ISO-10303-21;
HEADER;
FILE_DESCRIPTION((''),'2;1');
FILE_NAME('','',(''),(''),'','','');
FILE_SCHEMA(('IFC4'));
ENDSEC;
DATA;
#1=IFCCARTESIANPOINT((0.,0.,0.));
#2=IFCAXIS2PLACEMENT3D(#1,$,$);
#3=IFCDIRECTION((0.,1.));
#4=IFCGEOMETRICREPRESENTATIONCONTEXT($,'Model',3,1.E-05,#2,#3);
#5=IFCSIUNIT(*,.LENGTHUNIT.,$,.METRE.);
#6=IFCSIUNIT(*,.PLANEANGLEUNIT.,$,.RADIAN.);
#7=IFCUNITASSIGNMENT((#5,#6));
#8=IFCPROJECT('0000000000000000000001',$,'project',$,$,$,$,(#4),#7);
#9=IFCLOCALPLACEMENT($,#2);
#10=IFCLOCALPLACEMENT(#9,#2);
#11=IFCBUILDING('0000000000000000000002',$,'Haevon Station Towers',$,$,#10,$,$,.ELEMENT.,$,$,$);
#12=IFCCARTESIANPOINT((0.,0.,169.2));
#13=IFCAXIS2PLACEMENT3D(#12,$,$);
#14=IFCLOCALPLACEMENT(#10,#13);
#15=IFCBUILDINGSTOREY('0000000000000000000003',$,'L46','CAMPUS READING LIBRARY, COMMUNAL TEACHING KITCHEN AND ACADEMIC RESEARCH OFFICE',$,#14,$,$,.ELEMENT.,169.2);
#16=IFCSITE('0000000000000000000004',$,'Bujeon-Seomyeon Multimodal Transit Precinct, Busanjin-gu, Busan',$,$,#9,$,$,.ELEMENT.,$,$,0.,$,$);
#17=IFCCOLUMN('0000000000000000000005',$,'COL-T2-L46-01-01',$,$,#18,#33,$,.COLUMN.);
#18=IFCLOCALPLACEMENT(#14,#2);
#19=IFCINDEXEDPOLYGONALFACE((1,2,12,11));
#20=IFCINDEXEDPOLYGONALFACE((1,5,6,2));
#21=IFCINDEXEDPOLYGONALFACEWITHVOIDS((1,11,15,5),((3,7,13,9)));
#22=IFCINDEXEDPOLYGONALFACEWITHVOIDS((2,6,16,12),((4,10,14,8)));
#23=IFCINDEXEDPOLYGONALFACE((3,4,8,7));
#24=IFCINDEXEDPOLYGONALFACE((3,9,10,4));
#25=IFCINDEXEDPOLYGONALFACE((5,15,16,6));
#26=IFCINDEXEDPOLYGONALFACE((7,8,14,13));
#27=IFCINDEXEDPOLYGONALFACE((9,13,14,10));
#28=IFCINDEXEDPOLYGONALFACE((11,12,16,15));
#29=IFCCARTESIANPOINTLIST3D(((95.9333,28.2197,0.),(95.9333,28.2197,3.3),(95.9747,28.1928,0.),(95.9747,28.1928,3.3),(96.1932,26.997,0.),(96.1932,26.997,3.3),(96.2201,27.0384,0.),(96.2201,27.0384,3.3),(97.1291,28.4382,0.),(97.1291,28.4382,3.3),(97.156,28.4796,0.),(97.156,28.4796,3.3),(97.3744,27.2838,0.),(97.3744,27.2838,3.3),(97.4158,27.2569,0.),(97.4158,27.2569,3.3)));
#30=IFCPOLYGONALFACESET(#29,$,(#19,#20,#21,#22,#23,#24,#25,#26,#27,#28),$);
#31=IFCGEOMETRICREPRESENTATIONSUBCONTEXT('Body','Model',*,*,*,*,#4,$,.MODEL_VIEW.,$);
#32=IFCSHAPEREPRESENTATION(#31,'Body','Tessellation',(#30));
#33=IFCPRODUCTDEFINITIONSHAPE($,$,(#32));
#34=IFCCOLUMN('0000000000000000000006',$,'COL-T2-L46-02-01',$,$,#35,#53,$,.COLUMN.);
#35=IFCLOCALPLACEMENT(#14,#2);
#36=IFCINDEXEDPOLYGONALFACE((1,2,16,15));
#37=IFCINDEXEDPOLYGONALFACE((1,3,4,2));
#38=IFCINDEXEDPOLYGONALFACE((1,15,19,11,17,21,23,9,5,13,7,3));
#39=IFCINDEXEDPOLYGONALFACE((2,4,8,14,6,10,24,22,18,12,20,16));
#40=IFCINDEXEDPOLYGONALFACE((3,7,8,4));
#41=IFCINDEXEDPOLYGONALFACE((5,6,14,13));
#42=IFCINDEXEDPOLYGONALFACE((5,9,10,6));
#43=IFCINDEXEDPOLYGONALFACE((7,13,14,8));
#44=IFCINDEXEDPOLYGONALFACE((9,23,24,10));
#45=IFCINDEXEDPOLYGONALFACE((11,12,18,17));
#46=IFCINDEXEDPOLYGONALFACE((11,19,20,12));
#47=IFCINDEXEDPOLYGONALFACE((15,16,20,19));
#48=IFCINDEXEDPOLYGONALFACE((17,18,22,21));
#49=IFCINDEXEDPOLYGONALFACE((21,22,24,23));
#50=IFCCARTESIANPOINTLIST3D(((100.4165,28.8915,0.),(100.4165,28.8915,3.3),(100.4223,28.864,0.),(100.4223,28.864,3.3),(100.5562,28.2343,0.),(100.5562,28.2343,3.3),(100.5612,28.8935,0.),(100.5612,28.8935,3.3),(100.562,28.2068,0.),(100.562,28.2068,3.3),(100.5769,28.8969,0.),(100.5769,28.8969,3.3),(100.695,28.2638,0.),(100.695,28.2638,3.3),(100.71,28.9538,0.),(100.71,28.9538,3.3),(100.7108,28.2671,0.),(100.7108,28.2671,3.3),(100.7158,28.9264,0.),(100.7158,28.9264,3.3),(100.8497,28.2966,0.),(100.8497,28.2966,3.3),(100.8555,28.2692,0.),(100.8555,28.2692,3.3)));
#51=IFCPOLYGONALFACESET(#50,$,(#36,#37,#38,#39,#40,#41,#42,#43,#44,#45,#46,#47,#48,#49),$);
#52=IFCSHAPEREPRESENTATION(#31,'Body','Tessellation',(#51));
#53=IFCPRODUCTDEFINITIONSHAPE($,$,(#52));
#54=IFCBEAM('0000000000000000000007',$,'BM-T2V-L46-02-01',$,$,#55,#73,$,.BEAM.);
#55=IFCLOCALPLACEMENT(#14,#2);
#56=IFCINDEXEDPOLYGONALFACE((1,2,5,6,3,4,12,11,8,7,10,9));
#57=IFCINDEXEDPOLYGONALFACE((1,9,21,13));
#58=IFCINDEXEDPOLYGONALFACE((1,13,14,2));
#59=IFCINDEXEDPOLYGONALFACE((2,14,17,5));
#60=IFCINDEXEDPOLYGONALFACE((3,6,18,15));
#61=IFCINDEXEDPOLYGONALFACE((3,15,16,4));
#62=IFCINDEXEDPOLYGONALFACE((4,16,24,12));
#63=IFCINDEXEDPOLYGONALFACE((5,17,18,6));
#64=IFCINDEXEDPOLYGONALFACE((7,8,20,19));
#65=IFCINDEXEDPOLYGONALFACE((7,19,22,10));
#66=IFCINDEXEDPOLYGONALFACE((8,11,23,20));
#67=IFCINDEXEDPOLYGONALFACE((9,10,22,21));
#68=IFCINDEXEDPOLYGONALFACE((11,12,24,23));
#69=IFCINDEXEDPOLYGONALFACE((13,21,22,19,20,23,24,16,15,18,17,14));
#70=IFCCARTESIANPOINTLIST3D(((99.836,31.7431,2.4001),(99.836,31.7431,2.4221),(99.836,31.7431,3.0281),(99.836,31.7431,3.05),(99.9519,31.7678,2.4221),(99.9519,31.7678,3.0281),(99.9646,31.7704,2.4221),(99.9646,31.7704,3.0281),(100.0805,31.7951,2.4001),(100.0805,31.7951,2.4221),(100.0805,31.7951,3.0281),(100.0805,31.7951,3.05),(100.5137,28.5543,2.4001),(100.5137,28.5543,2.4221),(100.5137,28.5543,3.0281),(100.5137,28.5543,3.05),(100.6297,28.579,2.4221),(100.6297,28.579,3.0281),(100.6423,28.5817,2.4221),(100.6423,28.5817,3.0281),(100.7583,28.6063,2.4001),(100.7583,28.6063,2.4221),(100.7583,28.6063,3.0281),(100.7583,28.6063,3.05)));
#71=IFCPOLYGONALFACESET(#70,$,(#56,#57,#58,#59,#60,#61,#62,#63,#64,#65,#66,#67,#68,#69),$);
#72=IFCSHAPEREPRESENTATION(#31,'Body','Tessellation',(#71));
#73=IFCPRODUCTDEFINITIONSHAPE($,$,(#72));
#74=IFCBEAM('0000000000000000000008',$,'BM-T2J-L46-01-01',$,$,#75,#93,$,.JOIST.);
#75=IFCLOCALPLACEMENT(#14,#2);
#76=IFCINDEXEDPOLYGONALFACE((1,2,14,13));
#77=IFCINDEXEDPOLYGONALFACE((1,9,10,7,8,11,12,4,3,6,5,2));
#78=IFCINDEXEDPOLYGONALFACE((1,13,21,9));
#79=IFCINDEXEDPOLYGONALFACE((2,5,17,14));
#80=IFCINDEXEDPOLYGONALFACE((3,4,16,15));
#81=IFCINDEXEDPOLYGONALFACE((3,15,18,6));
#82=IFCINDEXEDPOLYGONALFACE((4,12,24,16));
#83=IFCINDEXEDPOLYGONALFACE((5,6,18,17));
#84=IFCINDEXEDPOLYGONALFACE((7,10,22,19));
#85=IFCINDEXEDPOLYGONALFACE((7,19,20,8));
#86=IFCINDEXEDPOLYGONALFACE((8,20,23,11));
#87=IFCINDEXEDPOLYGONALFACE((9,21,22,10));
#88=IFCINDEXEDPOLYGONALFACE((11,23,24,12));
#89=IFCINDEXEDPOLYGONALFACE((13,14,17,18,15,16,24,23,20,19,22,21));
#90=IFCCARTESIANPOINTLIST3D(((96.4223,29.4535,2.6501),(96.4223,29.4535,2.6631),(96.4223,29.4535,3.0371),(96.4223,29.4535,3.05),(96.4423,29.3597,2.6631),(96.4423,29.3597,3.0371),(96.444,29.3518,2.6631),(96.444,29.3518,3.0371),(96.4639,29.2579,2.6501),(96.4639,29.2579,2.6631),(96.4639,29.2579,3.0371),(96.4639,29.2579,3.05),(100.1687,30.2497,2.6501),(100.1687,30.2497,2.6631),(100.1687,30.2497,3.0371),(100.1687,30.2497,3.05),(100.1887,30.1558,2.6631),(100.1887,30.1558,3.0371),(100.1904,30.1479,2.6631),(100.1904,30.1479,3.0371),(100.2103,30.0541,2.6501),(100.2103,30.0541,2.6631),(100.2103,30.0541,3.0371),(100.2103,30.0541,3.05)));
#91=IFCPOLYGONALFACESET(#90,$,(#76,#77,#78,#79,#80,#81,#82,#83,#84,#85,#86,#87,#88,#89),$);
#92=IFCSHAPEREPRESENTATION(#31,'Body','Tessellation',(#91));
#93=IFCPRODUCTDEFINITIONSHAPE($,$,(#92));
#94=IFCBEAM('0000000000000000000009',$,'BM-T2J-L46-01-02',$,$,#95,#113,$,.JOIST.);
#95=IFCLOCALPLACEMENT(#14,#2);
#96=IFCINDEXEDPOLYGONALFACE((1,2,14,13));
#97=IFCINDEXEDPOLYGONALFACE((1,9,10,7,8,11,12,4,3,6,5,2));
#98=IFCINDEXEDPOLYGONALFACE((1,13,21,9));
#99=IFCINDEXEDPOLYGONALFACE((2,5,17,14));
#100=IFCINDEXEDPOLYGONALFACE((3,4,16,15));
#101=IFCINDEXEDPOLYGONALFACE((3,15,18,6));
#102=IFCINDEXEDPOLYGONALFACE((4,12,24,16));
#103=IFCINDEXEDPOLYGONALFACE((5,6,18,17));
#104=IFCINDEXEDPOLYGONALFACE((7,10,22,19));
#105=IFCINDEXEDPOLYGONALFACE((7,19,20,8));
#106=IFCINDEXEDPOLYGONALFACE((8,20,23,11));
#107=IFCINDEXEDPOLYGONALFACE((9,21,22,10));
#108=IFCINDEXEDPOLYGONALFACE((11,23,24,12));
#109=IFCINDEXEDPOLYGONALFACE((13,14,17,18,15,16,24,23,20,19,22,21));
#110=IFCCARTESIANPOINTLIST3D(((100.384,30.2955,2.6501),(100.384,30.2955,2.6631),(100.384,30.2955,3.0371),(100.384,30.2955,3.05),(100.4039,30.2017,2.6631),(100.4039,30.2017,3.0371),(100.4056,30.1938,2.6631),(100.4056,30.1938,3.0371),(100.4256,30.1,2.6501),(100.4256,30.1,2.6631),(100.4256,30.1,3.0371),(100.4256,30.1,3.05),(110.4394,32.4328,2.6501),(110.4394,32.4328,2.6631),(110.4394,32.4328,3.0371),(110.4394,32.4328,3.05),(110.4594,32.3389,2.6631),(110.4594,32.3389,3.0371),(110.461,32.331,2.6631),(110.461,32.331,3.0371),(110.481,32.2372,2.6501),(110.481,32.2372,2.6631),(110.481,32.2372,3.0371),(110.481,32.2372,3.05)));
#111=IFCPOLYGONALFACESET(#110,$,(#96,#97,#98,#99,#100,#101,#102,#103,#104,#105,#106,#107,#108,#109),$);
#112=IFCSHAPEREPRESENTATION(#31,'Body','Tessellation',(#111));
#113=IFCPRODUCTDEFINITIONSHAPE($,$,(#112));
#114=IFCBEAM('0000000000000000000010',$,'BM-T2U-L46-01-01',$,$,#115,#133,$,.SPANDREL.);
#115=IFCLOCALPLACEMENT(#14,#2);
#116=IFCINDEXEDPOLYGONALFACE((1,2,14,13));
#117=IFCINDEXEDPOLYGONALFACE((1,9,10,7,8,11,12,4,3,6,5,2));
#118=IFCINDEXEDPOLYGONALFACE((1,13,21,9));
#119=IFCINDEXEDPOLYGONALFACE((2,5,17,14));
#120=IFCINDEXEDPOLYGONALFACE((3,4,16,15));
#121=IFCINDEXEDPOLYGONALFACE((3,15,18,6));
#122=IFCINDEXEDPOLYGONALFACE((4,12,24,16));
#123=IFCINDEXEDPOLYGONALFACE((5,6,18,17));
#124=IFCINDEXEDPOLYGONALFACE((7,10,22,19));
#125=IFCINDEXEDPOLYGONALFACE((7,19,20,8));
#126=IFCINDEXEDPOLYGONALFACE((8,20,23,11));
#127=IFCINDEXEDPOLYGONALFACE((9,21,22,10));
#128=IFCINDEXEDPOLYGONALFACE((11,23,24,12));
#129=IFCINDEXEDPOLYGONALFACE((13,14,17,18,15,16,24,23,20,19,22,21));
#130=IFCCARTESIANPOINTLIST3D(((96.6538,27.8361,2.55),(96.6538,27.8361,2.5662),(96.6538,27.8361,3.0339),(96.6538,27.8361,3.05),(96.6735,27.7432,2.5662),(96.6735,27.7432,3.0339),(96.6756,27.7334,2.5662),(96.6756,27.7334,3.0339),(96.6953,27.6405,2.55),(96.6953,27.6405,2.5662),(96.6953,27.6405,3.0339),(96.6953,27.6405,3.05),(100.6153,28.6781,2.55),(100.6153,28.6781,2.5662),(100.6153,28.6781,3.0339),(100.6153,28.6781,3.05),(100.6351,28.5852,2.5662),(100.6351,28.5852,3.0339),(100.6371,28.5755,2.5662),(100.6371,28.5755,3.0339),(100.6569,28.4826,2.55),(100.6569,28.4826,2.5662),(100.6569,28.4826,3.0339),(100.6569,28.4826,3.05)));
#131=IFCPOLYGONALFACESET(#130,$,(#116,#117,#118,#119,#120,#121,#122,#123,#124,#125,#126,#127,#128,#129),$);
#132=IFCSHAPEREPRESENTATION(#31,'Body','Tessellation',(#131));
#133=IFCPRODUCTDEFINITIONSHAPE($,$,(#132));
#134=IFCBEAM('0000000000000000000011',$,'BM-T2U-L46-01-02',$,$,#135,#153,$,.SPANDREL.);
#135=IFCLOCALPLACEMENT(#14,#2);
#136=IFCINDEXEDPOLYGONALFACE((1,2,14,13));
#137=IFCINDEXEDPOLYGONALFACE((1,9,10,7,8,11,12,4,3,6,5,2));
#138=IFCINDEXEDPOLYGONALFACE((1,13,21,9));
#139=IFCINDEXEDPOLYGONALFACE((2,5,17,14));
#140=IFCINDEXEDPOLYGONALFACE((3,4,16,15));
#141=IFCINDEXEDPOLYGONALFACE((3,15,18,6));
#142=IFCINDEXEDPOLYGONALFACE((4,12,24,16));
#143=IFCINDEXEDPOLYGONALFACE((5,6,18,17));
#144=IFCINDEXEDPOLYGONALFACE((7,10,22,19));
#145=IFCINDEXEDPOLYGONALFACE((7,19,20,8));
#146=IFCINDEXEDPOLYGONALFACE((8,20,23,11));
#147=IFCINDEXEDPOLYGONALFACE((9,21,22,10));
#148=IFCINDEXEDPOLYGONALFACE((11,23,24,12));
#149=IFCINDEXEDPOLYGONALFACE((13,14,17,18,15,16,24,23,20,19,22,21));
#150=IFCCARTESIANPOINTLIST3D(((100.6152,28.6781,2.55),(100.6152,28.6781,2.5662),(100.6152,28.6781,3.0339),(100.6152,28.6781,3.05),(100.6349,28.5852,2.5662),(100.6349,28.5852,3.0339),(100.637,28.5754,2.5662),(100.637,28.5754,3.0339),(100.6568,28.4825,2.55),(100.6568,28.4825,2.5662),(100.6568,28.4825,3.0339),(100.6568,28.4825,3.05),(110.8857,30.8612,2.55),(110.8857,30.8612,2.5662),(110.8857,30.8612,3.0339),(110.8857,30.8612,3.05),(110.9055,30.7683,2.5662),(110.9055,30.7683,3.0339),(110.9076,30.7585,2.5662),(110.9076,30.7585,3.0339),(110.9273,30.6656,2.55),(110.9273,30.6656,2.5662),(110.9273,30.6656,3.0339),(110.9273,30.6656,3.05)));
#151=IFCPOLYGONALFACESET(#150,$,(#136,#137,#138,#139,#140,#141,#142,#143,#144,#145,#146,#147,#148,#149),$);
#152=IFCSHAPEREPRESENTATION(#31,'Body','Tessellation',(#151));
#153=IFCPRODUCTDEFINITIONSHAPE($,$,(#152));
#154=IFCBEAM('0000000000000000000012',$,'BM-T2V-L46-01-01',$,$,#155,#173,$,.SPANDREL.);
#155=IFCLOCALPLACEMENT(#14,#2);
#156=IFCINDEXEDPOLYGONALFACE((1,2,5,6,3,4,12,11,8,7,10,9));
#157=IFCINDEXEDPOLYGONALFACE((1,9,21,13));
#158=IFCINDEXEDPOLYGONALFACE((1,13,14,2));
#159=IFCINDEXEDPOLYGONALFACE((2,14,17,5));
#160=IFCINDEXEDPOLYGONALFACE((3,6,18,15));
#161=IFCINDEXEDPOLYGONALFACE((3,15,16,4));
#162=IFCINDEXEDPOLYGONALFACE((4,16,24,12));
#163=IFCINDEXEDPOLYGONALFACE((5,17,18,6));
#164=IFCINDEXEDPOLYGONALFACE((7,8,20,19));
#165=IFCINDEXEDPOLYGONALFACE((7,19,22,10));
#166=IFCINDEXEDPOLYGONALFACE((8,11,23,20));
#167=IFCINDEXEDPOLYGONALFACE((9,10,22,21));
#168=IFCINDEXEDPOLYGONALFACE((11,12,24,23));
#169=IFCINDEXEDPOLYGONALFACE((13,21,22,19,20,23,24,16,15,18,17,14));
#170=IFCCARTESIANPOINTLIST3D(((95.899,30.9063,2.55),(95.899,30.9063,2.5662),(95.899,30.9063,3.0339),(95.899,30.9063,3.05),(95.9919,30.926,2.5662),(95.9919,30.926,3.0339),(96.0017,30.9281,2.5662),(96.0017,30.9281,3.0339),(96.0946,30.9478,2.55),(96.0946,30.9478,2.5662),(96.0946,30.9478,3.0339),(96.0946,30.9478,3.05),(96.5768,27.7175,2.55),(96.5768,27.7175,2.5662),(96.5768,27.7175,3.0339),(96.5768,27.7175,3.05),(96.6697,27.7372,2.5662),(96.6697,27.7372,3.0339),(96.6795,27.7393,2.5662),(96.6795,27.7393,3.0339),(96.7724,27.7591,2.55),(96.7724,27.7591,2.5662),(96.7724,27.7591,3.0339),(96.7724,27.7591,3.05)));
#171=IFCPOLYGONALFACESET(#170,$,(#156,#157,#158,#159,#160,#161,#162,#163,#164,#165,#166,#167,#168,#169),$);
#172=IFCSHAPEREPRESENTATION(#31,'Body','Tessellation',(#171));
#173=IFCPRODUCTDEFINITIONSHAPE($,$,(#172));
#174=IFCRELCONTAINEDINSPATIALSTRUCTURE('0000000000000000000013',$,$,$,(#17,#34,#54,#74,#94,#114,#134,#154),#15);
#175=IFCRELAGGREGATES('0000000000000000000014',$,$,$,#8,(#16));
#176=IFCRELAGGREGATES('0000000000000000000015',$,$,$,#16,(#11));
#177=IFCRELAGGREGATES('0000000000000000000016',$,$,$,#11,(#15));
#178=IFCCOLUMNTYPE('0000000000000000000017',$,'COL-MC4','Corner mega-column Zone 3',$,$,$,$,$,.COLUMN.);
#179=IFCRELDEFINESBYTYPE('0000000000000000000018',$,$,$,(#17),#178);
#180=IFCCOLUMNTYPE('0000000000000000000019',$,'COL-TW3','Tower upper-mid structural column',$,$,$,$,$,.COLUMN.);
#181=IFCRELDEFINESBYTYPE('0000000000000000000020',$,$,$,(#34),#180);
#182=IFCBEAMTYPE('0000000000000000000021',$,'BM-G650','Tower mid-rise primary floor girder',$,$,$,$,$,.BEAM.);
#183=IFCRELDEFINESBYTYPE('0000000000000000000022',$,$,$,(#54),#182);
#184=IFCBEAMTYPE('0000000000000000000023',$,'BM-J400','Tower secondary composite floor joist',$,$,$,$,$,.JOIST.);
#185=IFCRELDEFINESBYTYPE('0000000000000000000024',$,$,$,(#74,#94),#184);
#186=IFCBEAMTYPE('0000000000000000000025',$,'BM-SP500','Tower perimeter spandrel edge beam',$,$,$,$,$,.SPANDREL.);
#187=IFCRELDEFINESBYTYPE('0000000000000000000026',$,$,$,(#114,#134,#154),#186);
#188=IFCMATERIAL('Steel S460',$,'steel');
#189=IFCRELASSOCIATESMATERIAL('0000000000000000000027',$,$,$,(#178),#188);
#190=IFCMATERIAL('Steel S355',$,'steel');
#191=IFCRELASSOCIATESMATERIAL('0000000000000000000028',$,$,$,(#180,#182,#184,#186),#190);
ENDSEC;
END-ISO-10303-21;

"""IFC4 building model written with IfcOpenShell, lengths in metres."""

from ifc_helpers import new_model, si_unit, direction, frame, origin, origin_2d, place, context, subcontext, project, spatial, hollow_rectangle, i_section, extrude, material, material_profile, profile_set, type_object, element, save


model = new_model("IFC4")

# Units and contexts
model_context = context("Model", 3, precision=1e-05, world=origin(), true_north=direction((0.0, 1.0)))
body_context = subcontext(model_context, "Body", "Model", "MODEL_VIEW")
ifc_project = project(units=[si_unit("LENGTHUNIT", "METRE"), si_unit("PLANEANGLEUNIT", "RADIAN")], contexts=[model_context])

# Site, building, storey
site_placement = place(None, origin())
site = spatial("IfcSite", under=ifc_project, at=site_placement, Name="Bujeon-Seomyeon Multimodal Transit Precinct, Busanjin-gu, Busan", CompositionType="ELEMENT", RefElevation=0.0)
building_placement = place(site_placement, origin())
building = spatial("IfcBuilding", under=site, at=building_placement, Name="Haevon Station Towers", CompositionType="ELEMENT")
storey_placement = place(building_placement, frame((0.0, 0.0, 169.2)))
storey = spatial("IfcBuildingStorey", under=building, at=storey_placement, Name="L46", Description="CAMPUS READING LIBRARY, COMMUNAL TEACHING KITCHEN AND ACADEMIC RESEARCH OFFICE", CompositionType="ELEMENT", Elevation=169.2)

# Columns
ifc_material_1 = material(Name="Steel S460", Category="steel")
ifc_material_profile_1 = material_profile(ifc_material_1, hollow_rectangle(XDim=1.25, YDim=1.25, WallThickness=0.0349, at=origin_2d()), Name="BOX-1250x1250x35")
ifc_profile_set_1 = profile_set([ifc_material_profile_1], Name="Steel S460")
column_type_1 = type_object("IfcColumnType", Name="COL-MC4", Description="Corner mega-column Zone 3", PredefinedType="COLUMN", material=ifc_profile_set_1)
column_1_placement = place(storey_placement, frame((96.6746, 27.7383, 0.0), z_axis=(0.0, 0.0, 1.0), x_axis=(0.978148, 0.207912, 0.0)))
element("IfcColumn", 1, at=column_1_placement, inside=storey, type_object=column_type_1, Name="COL-T2-L46-01-01", PredefinedType="COLUMN", context=body_context, shape_type="SweptSolid", body=[
    extrude(hollow_rectangle(XDim=1.25, YDim=1.25, WallThickness=0.0349, at=origin_2d()), origin(), (0.0, 0.0, 1.0), 3.3),
])
ifc_material_2 = material(Name="Steel S355", Category="steel")
ifc_material_profile_2 = material_profile(ifc_material_2, i_section(OverallWidth=0.3, OverallDepth=0.7, WebThickness=0.0161, FlangeThickness=0.0281, at=origin_2d()), Name="H-700x300x16x28")
ifc_profile_set_2 = profile_set([ifc_material_profile_2], Name="Steel S355")
column_type_2 = type_object("IfcColumnType", Name="COL-TW3", Description="Tower upper-mid structural column", PredefinedType="COLUMN", material=ifc_profile_set_2)
column_2_placement = place(storey_placement, frame((100.636, 28.5803, 0.0), z_axis=(0.0, 0.0, 1.0), x_axis=(0.978148, 0.207912, 0.0)))
element("IfcColumn", 2, at=column_2_placement, inside=storey, type_object=column_type_2, Name="COL-T2-L46-02-01", PredefinedType="COLUMN", context=body_context, shape_type="SweptSolid", body=[
    extrude(i_section(OverallWidth=0.3, OverallDepth=0.7, WebThickness=0.0161, FlangeThickness=0.0281, at=origin_2d()), origin(), (0.0, 0.0, 1.0), 3.3),
])

# Beams
ifc_material_profile_3 = material_profile(ifc_material_2, i_section(OverallWidth=0.25, OverallDepth=0.6499, WebThickness=0.0129, FlangeThickness=0.022, at=origin_2d()), Name="H-650x250x13x22")
ifc_profile_set_3 = profile_set([ifc_material_profile_3], Name="Steel S355")
beam_type_1 = type_object("IfcBeamType", Name="BM-G650", Description="Tower mid-rise primary floor girder", PredefinedType="BEAM", material=ifc_profile_set_3)
beam_1_placement = place(storey_placement, frame((100.636, 28.5803, 2.7251), z_axis=(-0.207897, 0.978151, 0.0), x_axis=(-0.978151, -0.207897, 0.0)))
element("IfcBeam", 3, at=beam_1_placement, inside=storey, type_object=beam_type_1, Name="BM-T2V-L46-02-01", PredefinedType="BEAM", context=body_context, shape_type="SweptSolid", body=[
    extrude(i_section(OverallWidth=0.25, OverallDepth=0.6499, WebThickness=0.0129, FlangeThickness=0.022, at=origin_2d()), origin(), (0.0, 0.0, 1.0), 3.26),
])
ifc_material_profile_4 = material_profile(ifc_material_2, i_section(OverallWidth=0.2, OverallDepth=0.3999, WebThickness=0.0081, FlangeThickness=0.0129, at=origin_2d()), Name="H-400x200x8x13")
ifc_profile_set_4 = profile_set([ifc_material_profile_4], Name="Steel S355")
beam_type_2 = type_object("IfcBeamType", Name="BM-J400", Description="Tower secondary composite floor joist", PredefinedType="JOIST", material=ifc_profile_set_4)
beam_2_placement = place(storey_placement, frame((96.4431, 29.3557, 2.8501), z_axis=(0.978156, 0.20787, 0.0), x_axis=(-0.20787, 0.978156, 0.0)))
element("IfcBeam", 4, at=beam_2_placement, inside=storey, type_object=beam_type_2, Name="BM-T2J-L46-01-01", PredefinedType="JOIST", context=body_context, shape_type="SweptSolid", body=[
    extrude(i_section(OverallWidth=0.2, OverallDepth=0.3999, WebThickness=0.0081, FlangeThickness=0.0129, at=origin_2d()), origin(), (0.0, 0.0, 1.0), 3.8301),
])
beam_3_placement = place(storey_placement, frame((100.4048, 30.1978, 2.8501), z_axis=(0.97815, 0.207899, 0.0), x_axis=(-0.207899, 0.97815, 0.0)))
element("IfcBeam", 5, at=beam_3_placement, inside=storey, type_object=beam_type_2, Name="BM-T2J-L46-01-02", PredefinedType="JOIST", context=body_context, shape_type="SweptSolid", body=[
    extrude(i_section(OverallWidth=0.2, OverallDepth=0.3999, WebThickness=0.0081, FlangeThickness=0.0129, at=origin_2d()), origin(), (0.0, 0.0, 1.0), 10.28),
])
ifc_material_profile_5 = material_profile(ifc_material_2, i_section(OverallWidth=0.2, OverallDepth=0.5, WebThickness=0.01, FlangeThickness=0.0161, at=origin_2d()), Name="H-500x200x10x16")
ifc_profile_set_5 = profile_set([ifc_material_profile_5], Name="Steel S355")
beam_type_3 = type_object("IfcBeamType", Name="BM-SP500", Description="Tower perimeter spandrel edge beam", PredefinedType="SPANDREL", material=ifc_profile_set_5)
beam_4_placement = place(storey_placement, frame((96.6746, 27.7383, 2.8), z_axis=(0.978147, 0.207915, 0.0), x_axis=(-0.207915, 0.978147, 0.0)))
element("IfcBeam", 6, at=beam_4_placement, inside=storey, type_object=beam_type_3, Name="BM-T2U-L46-01-01", PredefinedType="SPANDREL", context=body_context, shape_type="SweptSolid", body=[
    extrude(i_section(OverallWidth=0.2, OverallDepth=0.5, WebThickness=0.01, FlangeThickness=0.0161, at=origin_2d()), origin(), (0.0, 0.0, 1.0), 4.05),
])
beam_5_placement = place(storey_placement, frame((100.636, 28.5803, 2.8), z_axis=(0.978147, 0.207915, 0.0), x_axis=(-0.207915, 0.978147, 0.0)))
element("IfcBeam", 7, at=beam_5_placement, inside=storey, type_object=beam_type_3, Name="BM-T2U-L46-01-02", PredefinedType="SPANDREL", context=body_context, shape_type="SweptSolid", body=[
    extrude(i_section(OverallWidth=0.2, OverallDepth=0.5, WebThickness=0.01, FlangeThickness=0.0161, at=origin_2d()), origin(), (0.0, 0.0, 1.0), 10.5),
])
beam_6_placement = place(storey_placement, frame((96.6746, 27.7383, 2.8), z_axis=(-0.207897, 0.978151, 0.0), x_axis=(-0.978151, -0.207897, 0.0)))
element("IfcBeam", 8, at=beam_6_placement, inside=storey, type_object=beam_type_3, Name="BM-T2V-L46-01-01", PredefinedType="SPANDREL", context=body_context, shape_type="SweptSolid", body=[
    extrude(i_section(OverallWidth=0.2, OverallDepth=0.5, WebThickness=0.01, FlangeThickness=0.0161, at=origin_2d()), origin(), (0.0, 0.0, 1.0), 3.26),
])

save(model, "model.ifc")
